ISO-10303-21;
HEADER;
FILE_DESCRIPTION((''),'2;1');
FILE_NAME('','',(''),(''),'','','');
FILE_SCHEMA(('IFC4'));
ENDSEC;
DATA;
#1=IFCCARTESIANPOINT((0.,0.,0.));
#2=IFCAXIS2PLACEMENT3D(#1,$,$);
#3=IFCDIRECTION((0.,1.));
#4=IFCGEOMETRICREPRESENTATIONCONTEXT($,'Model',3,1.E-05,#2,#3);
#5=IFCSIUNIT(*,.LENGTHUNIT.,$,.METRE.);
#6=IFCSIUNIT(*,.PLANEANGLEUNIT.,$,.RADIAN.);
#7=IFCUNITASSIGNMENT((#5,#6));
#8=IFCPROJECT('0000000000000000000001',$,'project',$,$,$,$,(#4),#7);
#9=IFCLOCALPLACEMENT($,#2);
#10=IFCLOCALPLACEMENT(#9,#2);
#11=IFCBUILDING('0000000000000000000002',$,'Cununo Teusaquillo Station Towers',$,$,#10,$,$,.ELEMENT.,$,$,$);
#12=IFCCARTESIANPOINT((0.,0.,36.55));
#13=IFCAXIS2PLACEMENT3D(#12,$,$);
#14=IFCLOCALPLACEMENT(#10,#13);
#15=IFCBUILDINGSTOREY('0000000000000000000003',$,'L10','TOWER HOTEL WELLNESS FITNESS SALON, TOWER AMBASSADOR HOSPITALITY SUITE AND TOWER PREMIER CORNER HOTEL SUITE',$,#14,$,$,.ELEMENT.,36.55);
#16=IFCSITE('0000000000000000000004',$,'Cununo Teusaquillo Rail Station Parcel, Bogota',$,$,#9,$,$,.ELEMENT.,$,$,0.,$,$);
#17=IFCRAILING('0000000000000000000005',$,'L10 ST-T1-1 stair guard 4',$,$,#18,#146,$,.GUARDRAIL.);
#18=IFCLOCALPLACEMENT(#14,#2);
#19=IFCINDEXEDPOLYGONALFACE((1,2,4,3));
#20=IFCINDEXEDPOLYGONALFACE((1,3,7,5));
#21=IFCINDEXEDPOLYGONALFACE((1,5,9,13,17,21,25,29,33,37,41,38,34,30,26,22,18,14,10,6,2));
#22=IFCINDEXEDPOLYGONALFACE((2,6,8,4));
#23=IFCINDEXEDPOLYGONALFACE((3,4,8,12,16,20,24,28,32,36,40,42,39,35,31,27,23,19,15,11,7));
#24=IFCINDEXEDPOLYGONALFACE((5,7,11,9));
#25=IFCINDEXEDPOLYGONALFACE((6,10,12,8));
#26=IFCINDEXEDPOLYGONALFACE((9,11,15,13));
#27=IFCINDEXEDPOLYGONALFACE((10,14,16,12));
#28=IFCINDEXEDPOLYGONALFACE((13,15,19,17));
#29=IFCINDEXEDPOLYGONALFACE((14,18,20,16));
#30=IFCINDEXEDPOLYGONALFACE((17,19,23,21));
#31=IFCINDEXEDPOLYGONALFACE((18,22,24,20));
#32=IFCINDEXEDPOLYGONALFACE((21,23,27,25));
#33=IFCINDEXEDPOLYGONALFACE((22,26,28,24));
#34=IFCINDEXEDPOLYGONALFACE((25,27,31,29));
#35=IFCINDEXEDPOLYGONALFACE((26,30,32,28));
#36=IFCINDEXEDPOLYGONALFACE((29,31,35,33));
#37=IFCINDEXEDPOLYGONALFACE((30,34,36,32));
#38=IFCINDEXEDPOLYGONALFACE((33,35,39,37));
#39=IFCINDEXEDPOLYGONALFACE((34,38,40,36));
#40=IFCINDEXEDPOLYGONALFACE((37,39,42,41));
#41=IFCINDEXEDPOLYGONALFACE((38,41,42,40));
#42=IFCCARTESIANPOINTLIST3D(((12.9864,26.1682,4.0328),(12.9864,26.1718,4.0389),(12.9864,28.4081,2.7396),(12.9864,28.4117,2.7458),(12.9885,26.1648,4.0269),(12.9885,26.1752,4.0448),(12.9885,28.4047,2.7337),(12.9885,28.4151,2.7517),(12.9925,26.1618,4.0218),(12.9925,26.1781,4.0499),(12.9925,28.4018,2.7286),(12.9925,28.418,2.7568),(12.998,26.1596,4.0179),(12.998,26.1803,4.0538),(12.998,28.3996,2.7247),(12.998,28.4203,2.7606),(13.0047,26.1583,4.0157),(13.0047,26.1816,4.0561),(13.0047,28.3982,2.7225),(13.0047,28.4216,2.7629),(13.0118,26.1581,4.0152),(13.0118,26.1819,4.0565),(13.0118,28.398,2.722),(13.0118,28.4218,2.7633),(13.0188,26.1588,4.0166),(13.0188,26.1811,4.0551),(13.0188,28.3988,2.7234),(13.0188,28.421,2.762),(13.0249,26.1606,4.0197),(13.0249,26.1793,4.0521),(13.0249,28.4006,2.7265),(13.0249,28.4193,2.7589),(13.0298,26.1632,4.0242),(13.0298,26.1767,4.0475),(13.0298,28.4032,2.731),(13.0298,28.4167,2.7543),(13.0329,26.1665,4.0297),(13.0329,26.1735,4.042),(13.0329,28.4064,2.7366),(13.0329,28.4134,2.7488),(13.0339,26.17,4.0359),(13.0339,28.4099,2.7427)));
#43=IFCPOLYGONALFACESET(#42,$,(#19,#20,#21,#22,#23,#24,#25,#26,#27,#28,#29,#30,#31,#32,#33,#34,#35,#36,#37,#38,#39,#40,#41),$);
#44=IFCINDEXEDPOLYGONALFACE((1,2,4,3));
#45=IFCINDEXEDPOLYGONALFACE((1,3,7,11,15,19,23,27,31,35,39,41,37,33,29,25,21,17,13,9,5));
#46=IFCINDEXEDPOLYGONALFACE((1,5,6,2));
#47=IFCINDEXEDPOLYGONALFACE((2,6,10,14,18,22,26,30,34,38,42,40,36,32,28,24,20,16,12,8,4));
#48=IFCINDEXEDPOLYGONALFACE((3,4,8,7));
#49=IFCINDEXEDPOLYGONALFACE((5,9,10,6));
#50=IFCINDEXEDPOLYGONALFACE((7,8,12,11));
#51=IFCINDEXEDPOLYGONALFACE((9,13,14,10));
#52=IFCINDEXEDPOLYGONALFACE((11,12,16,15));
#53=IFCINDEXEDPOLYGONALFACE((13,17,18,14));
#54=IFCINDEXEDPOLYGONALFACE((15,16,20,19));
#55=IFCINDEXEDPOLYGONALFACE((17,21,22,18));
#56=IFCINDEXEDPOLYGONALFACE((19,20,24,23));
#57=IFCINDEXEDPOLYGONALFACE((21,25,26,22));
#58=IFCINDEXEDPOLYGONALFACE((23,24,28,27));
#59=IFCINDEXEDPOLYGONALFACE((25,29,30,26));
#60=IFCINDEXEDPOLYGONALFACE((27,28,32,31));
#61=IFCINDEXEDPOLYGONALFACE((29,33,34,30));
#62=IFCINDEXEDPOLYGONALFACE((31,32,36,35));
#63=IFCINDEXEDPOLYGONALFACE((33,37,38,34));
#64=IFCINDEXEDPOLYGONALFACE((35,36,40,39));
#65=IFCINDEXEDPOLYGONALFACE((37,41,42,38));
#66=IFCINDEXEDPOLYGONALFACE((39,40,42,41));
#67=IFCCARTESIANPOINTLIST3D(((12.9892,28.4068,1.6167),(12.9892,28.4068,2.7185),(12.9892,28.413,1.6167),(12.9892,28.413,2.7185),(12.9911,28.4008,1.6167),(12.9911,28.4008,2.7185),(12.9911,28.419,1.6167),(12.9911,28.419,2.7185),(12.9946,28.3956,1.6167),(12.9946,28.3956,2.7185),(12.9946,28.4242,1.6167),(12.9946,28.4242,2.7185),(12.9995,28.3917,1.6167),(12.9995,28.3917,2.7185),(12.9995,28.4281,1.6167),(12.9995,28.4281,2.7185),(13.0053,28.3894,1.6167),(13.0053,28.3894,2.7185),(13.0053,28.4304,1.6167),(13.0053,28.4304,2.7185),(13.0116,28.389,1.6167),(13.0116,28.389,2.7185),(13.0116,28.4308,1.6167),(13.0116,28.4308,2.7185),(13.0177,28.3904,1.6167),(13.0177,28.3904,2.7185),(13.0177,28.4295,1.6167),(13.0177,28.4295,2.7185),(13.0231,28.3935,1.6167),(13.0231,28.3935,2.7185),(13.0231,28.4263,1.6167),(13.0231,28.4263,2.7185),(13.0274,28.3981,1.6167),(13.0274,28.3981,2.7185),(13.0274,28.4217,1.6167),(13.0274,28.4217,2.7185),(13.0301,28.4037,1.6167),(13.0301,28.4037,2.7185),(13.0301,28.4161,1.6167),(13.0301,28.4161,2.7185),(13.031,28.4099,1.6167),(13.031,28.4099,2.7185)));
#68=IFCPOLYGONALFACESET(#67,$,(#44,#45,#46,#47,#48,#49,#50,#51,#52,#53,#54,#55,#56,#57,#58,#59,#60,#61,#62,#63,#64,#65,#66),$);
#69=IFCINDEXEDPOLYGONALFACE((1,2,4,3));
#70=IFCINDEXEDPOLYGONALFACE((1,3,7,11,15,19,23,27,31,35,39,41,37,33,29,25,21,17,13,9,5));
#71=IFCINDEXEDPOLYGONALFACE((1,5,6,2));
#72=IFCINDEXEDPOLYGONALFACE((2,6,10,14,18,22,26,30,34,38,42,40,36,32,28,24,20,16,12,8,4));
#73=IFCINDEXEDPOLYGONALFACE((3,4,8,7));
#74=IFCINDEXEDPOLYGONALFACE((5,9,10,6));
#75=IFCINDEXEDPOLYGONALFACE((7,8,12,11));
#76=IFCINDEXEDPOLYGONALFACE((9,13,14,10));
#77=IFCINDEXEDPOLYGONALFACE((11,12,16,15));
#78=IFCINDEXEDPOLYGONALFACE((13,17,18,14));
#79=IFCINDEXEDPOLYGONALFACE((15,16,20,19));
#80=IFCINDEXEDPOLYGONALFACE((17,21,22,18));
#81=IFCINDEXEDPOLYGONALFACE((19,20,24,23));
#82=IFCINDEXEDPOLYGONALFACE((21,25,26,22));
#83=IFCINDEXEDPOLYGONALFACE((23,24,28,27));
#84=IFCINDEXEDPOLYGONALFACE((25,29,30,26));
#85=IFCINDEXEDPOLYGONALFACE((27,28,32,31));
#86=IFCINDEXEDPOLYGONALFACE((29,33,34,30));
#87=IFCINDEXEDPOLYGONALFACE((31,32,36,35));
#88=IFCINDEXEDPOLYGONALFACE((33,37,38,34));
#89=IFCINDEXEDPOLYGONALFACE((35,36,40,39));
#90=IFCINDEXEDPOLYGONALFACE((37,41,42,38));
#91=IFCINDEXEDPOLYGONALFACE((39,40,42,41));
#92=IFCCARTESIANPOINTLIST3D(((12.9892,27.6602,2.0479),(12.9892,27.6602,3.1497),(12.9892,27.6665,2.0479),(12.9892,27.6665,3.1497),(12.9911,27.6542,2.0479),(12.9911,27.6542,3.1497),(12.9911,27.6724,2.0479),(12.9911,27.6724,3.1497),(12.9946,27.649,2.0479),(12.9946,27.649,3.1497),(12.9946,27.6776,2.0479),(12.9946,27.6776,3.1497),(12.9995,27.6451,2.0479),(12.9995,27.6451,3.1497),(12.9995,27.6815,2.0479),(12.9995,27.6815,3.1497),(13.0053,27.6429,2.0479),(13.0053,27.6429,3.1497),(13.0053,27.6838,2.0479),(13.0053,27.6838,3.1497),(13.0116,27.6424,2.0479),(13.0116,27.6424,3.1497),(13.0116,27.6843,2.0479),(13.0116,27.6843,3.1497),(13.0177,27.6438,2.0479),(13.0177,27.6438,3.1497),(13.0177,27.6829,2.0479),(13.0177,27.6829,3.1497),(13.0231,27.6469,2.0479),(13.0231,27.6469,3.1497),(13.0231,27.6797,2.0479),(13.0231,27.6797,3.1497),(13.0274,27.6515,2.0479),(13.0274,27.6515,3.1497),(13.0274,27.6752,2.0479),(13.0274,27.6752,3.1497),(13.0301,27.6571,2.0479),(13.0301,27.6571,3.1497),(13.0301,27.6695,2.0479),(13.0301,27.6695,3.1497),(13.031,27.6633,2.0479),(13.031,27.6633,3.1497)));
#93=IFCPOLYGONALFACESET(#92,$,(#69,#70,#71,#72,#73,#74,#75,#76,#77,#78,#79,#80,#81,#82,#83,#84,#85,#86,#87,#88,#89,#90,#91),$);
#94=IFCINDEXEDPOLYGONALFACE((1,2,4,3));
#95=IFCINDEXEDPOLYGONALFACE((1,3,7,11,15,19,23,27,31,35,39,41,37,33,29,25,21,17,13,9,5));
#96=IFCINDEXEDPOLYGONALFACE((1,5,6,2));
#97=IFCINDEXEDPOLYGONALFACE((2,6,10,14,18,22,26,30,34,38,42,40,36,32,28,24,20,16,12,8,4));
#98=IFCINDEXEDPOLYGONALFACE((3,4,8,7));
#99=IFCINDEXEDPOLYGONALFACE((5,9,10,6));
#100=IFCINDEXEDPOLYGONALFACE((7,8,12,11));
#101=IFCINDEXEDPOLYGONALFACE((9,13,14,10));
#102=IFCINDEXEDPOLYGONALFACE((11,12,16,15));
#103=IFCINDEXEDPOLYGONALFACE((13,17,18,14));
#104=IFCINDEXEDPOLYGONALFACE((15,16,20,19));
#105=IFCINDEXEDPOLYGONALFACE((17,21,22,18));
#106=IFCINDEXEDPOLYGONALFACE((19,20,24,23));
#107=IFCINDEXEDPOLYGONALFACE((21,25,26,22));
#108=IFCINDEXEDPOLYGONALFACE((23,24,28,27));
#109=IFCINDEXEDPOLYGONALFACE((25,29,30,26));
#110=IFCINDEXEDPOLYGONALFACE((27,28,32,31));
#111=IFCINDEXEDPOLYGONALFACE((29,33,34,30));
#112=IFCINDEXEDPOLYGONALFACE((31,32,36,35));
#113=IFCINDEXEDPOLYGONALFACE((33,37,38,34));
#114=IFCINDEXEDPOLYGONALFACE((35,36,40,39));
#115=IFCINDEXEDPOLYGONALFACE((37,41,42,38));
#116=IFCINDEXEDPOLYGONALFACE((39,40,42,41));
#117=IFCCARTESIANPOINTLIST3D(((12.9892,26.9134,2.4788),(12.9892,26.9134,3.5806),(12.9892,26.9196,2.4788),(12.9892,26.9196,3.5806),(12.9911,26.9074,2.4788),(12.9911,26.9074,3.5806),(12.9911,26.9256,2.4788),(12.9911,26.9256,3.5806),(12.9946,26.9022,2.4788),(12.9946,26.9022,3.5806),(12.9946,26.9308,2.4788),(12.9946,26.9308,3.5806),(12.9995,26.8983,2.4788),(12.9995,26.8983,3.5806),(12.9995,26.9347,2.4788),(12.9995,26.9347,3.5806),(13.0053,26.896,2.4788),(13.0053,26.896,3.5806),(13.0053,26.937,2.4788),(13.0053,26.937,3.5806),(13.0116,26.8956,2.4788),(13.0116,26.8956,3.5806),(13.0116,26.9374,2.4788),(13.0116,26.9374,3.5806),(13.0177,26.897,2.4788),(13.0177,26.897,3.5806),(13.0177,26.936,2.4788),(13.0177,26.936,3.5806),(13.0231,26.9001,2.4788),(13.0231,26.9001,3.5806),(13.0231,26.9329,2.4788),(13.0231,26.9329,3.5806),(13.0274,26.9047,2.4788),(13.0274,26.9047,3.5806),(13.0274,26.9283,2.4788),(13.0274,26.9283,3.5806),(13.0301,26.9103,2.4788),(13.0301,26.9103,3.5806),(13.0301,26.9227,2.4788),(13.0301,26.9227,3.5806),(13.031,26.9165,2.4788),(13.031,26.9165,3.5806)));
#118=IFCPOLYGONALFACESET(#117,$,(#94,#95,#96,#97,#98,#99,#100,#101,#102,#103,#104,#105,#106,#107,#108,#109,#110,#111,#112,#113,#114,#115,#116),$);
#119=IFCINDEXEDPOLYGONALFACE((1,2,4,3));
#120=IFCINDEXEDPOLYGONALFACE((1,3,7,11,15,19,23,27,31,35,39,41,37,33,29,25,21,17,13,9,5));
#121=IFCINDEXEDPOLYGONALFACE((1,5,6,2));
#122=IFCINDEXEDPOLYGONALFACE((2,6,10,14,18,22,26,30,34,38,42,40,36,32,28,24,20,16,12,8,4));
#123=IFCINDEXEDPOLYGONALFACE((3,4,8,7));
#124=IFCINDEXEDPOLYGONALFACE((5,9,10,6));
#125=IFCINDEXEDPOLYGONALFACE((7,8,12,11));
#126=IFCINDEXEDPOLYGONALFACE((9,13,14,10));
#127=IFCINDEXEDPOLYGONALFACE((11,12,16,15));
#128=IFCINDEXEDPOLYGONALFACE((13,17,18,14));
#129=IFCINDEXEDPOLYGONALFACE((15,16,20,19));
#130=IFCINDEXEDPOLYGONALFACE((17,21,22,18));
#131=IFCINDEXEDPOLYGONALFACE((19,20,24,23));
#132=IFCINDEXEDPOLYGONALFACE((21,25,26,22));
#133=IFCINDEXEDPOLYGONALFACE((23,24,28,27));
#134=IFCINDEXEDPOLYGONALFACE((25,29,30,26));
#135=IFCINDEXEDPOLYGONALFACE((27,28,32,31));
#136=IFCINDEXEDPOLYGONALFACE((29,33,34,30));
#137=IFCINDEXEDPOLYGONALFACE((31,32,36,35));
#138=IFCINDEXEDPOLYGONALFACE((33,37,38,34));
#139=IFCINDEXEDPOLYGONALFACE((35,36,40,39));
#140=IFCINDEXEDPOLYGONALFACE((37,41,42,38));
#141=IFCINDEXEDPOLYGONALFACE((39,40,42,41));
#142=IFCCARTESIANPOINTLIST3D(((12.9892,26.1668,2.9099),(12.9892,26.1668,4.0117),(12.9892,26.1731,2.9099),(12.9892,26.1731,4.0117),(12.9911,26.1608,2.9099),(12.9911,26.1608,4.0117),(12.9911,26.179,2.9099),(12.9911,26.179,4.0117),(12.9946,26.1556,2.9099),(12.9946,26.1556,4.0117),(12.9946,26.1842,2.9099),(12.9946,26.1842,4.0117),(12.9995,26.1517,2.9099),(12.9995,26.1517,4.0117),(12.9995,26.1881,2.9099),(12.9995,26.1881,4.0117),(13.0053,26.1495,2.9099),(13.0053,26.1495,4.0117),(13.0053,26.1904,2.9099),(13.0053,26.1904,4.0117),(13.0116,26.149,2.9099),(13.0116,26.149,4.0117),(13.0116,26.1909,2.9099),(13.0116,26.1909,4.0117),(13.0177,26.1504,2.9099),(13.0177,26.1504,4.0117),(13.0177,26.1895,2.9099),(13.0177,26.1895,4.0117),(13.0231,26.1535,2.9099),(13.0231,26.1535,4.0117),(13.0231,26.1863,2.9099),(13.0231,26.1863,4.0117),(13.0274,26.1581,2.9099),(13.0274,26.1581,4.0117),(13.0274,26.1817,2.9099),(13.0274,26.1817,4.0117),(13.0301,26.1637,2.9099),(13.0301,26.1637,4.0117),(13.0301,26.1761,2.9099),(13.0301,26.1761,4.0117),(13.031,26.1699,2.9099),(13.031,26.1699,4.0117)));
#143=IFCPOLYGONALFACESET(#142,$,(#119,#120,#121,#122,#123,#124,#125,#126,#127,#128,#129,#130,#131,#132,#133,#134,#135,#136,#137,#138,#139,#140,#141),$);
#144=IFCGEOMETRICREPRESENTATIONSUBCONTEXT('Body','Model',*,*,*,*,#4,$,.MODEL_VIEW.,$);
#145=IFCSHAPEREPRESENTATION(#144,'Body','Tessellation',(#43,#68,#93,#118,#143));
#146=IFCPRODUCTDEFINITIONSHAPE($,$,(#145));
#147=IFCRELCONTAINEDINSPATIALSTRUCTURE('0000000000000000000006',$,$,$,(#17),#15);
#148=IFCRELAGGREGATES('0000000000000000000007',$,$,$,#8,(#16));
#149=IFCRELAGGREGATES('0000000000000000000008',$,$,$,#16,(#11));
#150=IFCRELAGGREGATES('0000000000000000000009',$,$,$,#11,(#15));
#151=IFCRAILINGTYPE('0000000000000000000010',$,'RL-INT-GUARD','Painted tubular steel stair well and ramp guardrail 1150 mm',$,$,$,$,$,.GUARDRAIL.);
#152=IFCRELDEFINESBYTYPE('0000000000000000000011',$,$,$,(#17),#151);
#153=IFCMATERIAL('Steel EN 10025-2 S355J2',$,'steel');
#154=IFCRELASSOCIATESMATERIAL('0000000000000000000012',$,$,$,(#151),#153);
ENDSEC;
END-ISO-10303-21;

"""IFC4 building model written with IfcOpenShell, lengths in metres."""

from ifc_helpers import new_model, si_unit, direction, frame, origin, origin_2d, place, context, subcontext, project, spatial, circle, extrude, material, type_object, element, save


model = new_model("IFC4")

# Units and contexts
model_context = context("Model", 3, precision=1e-05, world=origin(), true_north=direction((0.0, 1.0)))
body_context = subcontext(model_context, "Body", "Model", "MODEL_VIEW")
ifc_project = project(units=[si_unit("LENGTHUNIT", "METRE"), si_unit("PLANEANGLEUNIT", "RADIAN")], contexts=[model_context])

# Site, building, storey
site_placement = place(None, origin())
site = spatial("IfcSite", under=ifc_project, at=site_placement, Name="Cununo Teusaquillo Rail Station Parcel, Bogota", CompositionType="ELEMENT", RefElevation=0.0)
building_placement = place(site_placement, origin())
building = spatial("IfcBuilding", under=site, at=building_placement, Name="Cununo Teusaquillo Station Towers", CompositionType="ELEMENT")
storey_placement = place(building_placement, frame((0.0, 0.0, 36.55)))
storey = spatial("IfcBuildingStorey", under=building, at=storey_placement, Name="L10", Description="TOWER HOTEL WELLNESS FITNESS SALON, TOWER AMBASSADOR HOSPITALITY SUITE AND TOWER PREMIER CORNER HOTEL SUITE", CompositionType="ELEMENT", Elevation=36.55)

# Railing
ifc_material_1 = material(Name="Steel EN 10025-2 S355J2", Category="steel")
railing_type_1 = type_object("IfcRailingType", Name="RL-INT-GUARD", Description="Painted tubular steel stair well and ramp guardrail 1150 mm", PredefinedType="GUARDRAIL", material=ifc_material_1)
railing_1_placement = place(storey_placement, frame((13.01, 28.4099, 1.6167)))
element("IfcRailing", 1, at=railing_1_placement, inside=storey, type_object=railing_type_1, Name="L10 ST-T1-1 stair guard 4", PredefinedType="GUARDRAIL", context=body_context, shape_type="SweptSolid", body=[
    extrude(circle(Radius=0.0239, at=origin_2d()), frame((0.0, 0.0, 1.126), z_axis=(0.0, -0.866033, 0.499987), x_axis=(1.0, 0.0, 0.0)), (0.0, 0.0, 1.0), 2.5864),
    extrude(circle(Radius=0.021, at=origin_2d()), origin(), (0.0, 0.0, 1.0), 1.1018),
    extrude(circle(Radius=0.021, at=origin_2d()), frame((0.0, -0.7466, 0.4312)), (0.0, 0.0, 1.0), 1.1018),
    extrude(circle(Radius=0.021, at=origin_2d()), frame((0.0, -1.4934, 0.8621)), (0.0, 0.0, 1.0), 1.1018),
    extrude(circle(Radius=0.021, at=origin_2d()), frame((0.0, -2.24, 1.2932)), (0.0, 0.0, 1.0), 1.1018),
])

save(model, "model.ifc")
